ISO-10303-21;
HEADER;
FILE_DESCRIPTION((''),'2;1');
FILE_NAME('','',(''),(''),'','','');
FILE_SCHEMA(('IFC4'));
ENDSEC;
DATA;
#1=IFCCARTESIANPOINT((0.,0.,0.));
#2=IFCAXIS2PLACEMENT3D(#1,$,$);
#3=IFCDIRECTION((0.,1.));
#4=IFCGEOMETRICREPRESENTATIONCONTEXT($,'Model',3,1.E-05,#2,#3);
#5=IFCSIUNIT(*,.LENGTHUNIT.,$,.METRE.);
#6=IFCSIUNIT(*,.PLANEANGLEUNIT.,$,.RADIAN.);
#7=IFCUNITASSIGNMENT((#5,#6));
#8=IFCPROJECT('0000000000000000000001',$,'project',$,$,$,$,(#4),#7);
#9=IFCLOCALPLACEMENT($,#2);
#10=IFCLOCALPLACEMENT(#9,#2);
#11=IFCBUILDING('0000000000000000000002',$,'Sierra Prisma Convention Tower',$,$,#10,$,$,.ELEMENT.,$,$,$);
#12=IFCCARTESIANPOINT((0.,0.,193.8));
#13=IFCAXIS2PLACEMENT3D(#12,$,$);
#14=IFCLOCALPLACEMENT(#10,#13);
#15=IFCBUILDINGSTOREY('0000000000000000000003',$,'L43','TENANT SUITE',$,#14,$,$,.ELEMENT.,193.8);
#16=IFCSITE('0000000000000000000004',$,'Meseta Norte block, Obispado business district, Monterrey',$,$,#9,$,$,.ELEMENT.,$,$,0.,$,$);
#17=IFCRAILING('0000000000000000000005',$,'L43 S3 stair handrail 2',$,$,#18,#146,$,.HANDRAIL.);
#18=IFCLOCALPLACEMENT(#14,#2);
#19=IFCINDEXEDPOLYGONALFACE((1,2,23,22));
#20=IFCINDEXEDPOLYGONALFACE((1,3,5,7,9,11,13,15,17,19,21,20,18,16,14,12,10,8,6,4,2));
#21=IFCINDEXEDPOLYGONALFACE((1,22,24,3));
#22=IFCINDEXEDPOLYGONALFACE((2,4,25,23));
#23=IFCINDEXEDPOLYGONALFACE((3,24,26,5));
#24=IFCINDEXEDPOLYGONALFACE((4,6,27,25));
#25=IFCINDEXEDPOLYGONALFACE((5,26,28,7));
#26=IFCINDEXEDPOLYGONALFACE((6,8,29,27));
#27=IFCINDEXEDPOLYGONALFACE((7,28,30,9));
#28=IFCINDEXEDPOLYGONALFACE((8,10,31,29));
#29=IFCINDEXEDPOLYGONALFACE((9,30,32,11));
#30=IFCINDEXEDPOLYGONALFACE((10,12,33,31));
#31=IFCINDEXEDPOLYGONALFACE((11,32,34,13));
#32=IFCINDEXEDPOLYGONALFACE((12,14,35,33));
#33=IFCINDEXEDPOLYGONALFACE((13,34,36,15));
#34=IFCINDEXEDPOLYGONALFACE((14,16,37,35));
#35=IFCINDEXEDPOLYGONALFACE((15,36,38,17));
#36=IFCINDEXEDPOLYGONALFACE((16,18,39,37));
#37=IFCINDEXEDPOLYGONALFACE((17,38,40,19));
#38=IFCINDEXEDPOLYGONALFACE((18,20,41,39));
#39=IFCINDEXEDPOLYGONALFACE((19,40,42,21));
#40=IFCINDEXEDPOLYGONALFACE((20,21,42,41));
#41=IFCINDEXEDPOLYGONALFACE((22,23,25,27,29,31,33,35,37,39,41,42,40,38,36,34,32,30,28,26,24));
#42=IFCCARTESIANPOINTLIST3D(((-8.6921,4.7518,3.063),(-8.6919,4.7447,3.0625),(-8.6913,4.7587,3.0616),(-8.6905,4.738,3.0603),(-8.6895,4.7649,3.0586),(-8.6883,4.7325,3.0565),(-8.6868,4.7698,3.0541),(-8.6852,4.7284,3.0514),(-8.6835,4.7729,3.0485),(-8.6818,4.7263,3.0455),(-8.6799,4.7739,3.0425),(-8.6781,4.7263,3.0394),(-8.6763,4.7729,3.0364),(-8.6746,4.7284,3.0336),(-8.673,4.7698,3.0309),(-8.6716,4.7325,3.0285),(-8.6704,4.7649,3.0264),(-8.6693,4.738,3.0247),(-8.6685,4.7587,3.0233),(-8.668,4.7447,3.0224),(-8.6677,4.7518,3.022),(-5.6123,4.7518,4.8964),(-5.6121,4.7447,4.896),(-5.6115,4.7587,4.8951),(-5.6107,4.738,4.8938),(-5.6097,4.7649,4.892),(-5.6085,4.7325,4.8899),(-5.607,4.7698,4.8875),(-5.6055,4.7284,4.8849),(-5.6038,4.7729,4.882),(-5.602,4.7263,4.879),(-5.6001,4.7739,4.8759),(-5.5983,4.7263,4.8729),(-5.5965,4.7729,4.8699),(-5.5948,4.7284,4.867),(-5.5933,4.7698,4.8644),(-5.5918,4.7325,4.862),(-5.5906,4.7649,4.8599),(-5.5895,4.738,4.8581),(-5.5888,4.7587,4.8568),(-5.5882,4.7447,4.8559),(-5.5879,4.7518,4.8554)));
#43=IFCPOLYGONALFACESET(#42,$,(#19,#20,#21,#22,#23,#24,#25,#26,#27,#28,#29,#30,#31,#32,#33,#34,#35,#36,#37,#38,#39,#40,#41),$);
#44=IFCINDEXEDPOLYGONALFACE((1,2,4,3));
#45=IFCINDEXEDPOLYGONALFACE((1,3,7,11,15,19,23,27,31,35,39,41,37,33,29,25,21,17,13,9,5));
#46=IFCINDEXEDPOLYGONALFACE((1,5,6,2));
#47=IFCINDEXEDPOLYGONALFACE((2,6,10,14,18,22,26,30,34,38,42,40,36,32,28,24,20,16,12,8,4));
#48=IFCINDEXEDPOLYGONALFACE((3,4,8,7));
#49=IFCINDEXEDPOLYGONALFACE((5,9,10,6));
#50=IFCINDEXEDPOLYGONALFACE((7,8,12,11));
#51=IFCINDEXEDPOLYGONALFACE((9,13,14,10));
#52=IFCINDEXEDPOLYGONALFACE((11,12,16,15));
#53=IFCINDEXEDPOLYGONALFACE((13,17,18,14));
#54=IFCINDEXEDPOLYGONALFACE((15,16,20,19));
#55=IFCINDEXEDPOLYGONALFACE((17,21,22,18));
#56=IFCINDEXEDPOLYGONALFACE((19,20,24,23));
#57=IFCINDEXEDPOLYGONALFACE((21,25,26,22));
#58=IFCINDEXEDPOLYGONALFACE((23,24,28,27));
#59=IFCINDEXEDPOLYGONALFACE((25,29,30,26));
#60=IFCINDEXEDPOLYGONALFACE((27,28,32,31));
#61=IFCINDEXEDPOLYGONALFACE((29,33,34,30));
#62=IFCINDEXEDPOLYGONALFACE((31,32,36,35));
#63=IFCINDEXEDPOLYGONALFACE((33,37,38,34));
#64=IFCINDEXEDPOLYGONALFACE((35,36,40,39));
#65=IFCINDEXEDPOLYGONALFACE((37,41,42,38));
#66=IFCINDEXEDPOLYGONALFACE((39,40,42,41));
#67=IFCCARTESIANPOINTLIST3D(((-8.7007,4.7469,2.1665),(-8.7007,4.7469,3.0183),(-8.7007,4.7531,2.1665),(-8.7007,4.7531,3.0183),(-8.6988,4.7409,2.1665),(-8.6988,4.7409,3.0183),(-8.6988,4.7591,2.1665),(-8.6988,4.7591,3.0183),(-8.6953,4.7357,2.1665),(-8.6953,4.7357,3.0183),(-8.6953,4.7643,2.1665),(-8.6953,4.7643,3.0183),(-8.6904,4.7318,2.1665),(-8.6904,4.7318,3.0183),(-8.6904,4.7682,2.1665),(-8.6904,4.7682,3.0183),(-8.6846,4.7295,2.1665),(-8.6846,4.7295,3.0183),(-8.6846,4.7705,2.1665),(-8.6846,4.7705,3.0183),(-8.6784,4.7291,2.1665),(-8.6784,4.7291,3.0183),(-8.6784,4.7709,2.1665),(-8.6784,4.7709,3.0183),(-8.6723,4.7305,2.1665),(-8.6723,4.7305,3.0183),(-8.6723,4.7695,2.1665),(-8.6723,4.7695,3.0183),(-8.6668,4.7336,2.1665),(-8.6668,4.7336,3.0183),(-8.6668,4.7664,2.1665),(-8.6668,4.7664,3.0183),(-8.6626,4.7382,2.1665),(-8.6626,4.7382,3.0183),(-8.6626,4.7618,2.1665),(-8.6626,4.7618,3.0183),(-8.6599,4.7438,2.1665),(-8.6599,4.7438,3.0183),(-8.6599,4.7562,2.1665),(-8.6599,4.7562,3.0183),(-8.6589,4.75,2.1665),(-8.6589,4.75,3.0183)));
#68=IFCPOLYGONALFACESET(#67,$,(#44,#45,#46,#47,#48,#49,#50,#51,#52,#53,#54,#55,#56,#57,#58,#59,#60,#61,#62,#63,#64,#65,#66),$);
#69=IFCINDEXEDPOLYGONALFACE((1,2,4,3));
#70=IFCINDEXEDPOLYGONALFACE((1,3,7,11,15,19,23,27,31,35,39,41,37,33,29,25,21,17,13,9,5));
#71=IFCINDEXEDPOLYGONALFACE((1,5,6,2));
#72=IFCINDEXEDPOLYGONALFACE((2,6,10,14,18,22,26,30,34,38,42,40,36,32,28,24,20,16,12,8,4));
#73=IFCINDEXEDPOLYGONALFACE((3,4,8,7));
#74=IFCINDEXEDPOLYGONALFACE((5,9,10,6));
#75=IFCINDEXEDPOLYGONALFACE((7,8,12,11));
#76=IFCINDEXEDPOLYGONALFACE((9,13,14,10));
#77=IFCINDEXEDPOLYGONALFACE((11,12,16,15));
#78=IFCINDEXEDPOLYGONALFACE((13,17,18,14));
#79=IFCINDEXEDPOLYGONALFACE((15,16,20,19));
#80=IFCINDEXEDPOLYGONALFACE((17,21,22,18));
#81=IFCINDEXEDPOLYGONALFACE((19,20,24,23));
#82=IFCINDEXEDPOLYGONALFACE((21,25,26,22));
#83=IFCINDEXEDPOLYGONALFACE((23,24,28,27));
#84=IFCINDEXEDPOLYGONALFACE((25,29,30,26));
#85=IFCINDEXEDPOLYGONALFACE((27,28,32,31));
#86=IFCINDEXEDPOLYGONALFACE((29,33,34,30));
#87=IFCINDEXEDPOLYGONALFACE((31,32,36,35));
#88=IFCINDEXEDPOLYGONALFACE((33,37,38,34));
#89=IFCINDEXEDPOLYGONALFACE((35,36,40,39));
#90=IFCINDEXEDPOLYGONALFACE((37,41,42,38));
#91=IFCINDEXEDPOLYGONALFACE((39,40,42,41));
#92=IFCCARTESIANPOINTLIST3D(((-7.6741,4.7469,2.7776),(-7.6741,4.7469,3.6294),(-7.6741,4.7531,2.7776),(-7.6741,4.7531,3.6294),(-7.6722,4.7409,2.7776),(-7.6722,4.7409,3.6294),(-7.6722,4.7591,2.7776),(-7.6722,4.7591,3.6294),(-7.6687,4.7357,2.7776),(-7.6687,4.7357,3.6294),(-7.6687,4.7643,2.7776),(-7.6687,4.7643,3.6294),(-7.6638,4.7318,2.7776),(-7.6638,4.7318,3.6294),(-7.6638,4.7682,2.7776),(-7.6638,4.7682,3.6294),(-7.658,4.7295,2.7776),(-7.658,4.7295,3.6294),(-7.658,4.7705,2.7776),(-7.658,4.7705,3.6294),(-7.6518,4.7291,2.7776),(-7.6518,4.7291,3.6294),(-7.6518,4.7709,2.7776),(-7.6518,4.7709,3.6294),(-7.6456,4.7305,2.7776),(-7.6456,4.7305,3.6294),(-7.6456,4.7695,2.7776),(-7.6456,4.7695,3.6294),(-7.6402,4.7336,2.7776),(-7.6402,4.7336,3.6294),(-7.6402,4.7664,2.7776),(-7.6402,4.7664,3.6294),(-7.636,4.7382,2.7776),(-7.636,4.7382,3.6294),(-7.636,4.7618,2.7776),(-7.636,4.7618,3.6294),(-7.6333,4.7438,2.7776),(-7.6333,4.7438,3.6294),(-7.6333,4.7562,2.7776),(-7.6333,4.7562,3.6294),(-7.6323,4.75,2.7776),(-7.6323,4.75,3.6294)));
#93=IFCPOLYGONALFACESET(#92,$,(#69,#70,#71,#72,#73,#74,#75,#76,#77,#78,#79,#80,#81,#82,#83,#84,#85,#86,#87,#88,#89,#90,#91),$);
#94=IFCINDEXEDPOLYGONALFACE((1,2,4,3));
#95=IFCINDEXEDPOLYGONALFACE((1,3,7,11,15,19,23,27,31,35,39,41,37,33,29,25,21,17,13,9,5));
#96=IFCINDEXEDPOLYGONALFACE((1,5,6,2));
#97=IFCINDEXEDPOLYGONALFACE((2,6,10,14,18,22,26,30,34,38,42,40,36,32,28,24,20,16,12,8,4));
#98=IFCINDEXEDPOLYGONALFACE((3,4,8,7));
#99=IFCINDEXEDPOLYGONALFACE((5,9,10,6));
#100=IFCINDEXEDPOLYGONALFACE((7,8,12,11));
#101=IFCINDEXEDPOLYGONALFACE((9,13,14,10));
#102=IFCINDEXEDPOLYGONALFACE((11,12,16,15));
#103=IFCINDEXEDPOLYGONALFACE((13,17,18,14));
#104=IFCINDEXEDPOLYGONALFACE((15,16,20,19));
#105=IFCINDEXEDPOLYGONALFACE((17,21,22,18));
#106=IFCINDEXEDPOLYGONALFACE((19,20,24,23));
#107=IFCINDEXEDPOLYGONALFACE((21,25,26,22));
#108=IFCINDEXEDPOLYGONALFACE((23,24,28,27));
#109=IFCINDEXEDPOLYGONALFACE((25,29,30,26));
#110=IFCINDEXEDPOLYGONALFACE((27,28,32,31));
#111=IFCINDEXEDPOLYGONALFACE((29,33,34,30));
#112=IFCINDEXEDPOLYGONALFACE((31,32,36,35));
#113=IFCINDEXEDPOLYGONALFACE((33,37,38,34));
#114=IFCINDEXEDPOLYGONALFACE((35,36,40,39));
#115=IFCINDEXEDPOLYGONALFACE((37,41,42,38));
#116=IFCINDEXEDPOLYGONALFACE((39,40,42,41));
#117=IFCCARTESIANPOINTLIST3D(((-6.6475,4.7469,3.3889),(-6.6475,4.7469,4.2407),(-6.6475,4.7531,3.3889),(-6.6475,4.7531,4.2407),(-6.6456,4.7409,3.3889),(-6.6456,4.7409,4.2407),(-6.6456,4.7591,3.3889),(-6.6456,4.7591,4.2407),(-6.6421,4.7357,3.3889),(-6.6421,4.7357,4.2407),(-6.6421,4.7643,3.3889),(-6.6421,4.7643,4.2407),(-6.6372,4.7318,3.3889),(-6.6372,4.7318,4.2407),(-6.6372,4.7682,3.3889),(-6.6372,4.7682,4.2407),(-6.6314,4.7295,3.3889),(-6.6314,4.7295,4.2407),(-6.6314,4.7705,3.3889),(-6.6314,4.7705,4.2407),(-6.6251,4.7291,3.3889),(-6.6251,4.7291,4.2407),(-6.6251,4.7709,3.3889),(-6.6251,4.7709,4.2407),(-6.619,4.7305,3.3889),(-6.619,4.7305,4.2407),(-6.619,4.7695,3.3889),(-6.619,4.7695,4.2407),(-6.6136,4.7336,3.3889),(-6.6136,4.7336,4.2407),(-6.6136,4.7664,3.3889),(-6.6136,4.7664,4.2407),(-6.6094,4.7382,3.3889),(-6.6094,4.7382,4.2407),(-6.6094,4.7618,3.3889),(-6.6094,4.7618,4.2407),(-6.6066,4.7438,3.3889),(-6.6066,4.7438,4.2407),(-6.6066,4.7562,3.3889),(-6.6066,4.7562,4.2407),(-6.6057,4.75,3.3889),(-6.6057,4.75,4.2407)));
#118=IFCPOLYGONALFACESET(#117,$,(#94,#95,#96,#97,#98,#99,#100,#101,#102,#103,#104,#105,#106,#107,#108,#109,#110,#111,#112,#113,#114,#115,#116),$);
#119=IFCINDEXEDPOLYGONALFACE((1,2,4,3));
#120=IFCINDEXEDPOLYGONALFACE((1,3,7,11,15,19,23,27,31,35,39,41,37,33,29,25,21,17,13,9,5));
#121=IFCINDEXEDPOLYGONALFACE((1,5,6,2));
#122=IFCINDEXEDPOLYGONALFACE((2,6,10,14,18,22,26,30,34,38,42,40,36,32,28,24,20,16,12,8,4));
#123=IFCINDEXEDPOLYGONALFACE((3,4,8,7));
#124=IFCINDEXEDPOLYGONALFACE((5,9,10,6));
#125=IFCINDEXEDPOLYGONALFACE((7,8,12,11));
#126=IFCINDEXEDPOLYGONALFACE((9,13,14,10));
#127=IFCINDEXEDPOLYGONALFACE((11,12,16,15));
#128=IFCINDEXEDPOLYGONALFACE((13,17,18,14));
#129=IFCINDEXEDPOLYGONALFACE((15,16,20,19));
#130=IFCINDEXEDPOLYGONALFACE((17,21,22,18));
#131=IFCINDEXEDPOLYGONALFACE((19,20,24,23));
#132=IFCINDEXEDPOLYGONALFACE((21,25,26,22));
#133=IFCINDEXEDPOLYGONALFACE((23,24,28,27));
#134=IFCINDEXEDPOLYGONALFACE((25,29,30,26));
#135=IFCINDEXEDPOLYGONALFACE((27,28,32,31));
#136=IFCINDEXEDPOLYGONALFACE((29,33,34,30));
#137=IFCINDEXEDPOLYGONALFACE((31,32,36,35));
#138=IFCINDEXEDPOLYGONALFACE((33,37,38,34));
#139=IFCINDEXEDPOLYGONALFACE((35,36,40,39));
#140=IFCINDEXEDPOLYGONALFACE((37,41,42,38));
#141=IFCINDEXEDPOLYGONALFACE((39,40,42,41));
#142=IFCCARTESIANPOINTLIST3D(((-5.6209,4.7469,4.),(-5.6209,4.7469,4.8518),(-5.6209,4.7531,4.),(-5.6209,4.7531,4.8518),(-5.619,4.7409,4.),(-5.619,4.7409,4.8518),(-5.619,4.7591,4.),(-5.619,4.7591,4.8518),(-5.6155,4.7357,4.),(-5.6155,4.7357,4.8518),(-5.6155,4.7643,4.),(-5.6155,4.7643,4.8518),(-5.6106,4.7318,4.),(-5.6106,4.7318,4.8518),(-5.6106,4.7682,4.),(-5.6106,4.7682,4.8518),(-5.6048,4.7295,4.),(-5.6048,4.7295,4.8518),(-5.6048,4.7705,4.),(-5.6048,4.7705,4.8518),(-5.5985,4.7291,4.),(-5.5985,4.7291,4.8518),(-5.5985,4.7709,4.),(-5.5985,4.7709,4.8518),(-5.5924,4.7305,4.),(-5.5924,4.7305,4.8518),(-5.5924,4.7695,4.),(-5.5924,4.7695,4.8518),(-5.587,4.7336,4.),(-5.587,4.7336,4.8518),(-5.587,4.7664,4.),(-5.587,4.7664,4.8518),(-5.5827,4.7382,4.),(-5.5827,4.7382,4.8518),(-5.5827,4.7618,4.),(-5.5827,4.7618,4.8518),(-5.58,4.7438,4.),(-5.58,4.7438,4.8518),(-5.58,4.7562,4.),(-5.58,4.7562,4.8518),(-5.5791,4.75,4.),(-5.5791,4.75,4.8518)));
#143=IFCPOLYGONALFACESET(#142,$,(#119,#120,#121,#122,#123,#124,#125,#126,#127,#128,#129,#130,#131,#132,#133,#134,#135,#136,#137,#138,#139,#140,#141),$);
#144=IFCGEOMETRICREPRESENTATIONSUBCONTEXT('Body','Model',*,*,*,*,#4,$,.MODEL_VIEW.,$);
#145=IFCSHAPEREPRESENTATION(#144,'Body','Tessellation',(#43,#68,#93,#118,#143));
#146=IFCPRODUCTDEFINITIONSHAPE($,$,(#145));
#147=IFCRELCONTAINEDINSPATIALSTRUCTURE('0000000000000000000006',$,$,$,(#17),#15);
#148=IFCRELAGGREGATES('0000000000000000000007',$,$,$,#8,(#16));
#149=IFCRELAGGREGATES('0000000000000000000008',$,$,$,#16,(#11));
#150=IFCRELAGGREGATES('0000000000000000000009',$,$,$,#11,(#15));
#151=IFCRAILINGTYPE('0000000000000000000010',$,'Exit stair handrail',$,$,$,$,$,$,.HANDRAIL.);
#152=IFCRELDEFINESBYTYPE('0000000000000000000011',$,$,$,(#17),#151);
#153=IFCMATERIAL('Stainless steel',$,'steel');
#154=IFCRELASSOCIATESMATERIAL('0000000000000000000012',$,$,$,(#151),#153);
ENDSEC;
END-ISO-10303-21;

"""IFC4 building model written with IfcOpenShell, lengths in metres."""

from ifc_helpers import new_model, si_unit, direction, frame, origin, origin_2d, place, context, subcontext, project, spatial, circle, extrude, material, type_object, element, save


model = new_model("IFC4")

# Units and contexts
model_context = context("Model", 3, precision=1e-05, world=origin(), true_north=direction((0.0, 1.0)))
body_context = subcontext(model_context, "Body", "Model", "MODEL_VIEW")
ifc_project = project(units=[si_unit("LENGTHUNIT", "METRE"), si_unit("PLANEANGLEUNIT", "RADIAN")], contexts=[model_context])

# Site, building, storey
site_placement = place(None, origin())
site = spatial("IfcSite", under=ifc_project, at=site_placement, Name="Meseta Norte block, Obispado business district, Monterrey", CompositionType="ELEMENT", RefElevation=0.0)
building_placement = place(site_placement, origin())
building = spatial("IfcBuilding", under=site, at=building_placement, Name="Sierra Prisma Convention Tower", CompositionType="ELEMENT")
storey_placement = place(building_placement, frame((0.0, 0.0, 193.8)))
storey = spatial("IfcBuildingStorey", under=building, at=storey_placement, Name="L43", Description="TENANT SUITE", CompositionType="ELEMENT", Elevation=193.8)

# Railing
ifc_material_1 = material(Name="Stainless steel", Category="steel")
railing_type_1 = type_object("IfcRailingType", Name="Exit stair handrail", PredefinedType="HANDRAIL", material=ifc_material_1)
railing_1_placement = place(storey_placement, frame((-8.6799, 4.75, 2.1665)))
element("IfcRailing", 1, at=railing_1_placement, inside=storey, type_object=railing_type_1, Name="L43 S3 stair handrail 2", PredefinedType="HANDRAIL", context=body_context, shape_type="SweptSolid", body=[
    extrude(circle(Radius=0.0239, at=origin_2d()), frame((0.0, 0.0, 0.876), z_axis=(0.859261, 0.0, 0.511538), x_axis=(0.0, 1.0, 0.0)), (0.0, 0.0, 1.0), 3.5842),
    extrude(circle(Radius=0.021, at=origin_2d()), origin(), (0.0, 0.0, 1.0), 0.8518),
    extrude(circle(Radius=0.021, at=origin_2d()), frame((1.0266, 0.0, 0.6111)), (0.0, 0.0, 1.0), 0.8518),
    extrude(circle(Radius=0.021, at=origin_2d()), frame((2.0532, 0.0, 1.2224)), (0.0, 0.0, 1.0), 0.8518),
    extrude(circle(Radius=0.021, at=origin_2d()), frame((3.0798, 0.0, 1.8335)), (0.0, 0.0, 1.0), 0.8518),
])

save(model, "model.ifc")
